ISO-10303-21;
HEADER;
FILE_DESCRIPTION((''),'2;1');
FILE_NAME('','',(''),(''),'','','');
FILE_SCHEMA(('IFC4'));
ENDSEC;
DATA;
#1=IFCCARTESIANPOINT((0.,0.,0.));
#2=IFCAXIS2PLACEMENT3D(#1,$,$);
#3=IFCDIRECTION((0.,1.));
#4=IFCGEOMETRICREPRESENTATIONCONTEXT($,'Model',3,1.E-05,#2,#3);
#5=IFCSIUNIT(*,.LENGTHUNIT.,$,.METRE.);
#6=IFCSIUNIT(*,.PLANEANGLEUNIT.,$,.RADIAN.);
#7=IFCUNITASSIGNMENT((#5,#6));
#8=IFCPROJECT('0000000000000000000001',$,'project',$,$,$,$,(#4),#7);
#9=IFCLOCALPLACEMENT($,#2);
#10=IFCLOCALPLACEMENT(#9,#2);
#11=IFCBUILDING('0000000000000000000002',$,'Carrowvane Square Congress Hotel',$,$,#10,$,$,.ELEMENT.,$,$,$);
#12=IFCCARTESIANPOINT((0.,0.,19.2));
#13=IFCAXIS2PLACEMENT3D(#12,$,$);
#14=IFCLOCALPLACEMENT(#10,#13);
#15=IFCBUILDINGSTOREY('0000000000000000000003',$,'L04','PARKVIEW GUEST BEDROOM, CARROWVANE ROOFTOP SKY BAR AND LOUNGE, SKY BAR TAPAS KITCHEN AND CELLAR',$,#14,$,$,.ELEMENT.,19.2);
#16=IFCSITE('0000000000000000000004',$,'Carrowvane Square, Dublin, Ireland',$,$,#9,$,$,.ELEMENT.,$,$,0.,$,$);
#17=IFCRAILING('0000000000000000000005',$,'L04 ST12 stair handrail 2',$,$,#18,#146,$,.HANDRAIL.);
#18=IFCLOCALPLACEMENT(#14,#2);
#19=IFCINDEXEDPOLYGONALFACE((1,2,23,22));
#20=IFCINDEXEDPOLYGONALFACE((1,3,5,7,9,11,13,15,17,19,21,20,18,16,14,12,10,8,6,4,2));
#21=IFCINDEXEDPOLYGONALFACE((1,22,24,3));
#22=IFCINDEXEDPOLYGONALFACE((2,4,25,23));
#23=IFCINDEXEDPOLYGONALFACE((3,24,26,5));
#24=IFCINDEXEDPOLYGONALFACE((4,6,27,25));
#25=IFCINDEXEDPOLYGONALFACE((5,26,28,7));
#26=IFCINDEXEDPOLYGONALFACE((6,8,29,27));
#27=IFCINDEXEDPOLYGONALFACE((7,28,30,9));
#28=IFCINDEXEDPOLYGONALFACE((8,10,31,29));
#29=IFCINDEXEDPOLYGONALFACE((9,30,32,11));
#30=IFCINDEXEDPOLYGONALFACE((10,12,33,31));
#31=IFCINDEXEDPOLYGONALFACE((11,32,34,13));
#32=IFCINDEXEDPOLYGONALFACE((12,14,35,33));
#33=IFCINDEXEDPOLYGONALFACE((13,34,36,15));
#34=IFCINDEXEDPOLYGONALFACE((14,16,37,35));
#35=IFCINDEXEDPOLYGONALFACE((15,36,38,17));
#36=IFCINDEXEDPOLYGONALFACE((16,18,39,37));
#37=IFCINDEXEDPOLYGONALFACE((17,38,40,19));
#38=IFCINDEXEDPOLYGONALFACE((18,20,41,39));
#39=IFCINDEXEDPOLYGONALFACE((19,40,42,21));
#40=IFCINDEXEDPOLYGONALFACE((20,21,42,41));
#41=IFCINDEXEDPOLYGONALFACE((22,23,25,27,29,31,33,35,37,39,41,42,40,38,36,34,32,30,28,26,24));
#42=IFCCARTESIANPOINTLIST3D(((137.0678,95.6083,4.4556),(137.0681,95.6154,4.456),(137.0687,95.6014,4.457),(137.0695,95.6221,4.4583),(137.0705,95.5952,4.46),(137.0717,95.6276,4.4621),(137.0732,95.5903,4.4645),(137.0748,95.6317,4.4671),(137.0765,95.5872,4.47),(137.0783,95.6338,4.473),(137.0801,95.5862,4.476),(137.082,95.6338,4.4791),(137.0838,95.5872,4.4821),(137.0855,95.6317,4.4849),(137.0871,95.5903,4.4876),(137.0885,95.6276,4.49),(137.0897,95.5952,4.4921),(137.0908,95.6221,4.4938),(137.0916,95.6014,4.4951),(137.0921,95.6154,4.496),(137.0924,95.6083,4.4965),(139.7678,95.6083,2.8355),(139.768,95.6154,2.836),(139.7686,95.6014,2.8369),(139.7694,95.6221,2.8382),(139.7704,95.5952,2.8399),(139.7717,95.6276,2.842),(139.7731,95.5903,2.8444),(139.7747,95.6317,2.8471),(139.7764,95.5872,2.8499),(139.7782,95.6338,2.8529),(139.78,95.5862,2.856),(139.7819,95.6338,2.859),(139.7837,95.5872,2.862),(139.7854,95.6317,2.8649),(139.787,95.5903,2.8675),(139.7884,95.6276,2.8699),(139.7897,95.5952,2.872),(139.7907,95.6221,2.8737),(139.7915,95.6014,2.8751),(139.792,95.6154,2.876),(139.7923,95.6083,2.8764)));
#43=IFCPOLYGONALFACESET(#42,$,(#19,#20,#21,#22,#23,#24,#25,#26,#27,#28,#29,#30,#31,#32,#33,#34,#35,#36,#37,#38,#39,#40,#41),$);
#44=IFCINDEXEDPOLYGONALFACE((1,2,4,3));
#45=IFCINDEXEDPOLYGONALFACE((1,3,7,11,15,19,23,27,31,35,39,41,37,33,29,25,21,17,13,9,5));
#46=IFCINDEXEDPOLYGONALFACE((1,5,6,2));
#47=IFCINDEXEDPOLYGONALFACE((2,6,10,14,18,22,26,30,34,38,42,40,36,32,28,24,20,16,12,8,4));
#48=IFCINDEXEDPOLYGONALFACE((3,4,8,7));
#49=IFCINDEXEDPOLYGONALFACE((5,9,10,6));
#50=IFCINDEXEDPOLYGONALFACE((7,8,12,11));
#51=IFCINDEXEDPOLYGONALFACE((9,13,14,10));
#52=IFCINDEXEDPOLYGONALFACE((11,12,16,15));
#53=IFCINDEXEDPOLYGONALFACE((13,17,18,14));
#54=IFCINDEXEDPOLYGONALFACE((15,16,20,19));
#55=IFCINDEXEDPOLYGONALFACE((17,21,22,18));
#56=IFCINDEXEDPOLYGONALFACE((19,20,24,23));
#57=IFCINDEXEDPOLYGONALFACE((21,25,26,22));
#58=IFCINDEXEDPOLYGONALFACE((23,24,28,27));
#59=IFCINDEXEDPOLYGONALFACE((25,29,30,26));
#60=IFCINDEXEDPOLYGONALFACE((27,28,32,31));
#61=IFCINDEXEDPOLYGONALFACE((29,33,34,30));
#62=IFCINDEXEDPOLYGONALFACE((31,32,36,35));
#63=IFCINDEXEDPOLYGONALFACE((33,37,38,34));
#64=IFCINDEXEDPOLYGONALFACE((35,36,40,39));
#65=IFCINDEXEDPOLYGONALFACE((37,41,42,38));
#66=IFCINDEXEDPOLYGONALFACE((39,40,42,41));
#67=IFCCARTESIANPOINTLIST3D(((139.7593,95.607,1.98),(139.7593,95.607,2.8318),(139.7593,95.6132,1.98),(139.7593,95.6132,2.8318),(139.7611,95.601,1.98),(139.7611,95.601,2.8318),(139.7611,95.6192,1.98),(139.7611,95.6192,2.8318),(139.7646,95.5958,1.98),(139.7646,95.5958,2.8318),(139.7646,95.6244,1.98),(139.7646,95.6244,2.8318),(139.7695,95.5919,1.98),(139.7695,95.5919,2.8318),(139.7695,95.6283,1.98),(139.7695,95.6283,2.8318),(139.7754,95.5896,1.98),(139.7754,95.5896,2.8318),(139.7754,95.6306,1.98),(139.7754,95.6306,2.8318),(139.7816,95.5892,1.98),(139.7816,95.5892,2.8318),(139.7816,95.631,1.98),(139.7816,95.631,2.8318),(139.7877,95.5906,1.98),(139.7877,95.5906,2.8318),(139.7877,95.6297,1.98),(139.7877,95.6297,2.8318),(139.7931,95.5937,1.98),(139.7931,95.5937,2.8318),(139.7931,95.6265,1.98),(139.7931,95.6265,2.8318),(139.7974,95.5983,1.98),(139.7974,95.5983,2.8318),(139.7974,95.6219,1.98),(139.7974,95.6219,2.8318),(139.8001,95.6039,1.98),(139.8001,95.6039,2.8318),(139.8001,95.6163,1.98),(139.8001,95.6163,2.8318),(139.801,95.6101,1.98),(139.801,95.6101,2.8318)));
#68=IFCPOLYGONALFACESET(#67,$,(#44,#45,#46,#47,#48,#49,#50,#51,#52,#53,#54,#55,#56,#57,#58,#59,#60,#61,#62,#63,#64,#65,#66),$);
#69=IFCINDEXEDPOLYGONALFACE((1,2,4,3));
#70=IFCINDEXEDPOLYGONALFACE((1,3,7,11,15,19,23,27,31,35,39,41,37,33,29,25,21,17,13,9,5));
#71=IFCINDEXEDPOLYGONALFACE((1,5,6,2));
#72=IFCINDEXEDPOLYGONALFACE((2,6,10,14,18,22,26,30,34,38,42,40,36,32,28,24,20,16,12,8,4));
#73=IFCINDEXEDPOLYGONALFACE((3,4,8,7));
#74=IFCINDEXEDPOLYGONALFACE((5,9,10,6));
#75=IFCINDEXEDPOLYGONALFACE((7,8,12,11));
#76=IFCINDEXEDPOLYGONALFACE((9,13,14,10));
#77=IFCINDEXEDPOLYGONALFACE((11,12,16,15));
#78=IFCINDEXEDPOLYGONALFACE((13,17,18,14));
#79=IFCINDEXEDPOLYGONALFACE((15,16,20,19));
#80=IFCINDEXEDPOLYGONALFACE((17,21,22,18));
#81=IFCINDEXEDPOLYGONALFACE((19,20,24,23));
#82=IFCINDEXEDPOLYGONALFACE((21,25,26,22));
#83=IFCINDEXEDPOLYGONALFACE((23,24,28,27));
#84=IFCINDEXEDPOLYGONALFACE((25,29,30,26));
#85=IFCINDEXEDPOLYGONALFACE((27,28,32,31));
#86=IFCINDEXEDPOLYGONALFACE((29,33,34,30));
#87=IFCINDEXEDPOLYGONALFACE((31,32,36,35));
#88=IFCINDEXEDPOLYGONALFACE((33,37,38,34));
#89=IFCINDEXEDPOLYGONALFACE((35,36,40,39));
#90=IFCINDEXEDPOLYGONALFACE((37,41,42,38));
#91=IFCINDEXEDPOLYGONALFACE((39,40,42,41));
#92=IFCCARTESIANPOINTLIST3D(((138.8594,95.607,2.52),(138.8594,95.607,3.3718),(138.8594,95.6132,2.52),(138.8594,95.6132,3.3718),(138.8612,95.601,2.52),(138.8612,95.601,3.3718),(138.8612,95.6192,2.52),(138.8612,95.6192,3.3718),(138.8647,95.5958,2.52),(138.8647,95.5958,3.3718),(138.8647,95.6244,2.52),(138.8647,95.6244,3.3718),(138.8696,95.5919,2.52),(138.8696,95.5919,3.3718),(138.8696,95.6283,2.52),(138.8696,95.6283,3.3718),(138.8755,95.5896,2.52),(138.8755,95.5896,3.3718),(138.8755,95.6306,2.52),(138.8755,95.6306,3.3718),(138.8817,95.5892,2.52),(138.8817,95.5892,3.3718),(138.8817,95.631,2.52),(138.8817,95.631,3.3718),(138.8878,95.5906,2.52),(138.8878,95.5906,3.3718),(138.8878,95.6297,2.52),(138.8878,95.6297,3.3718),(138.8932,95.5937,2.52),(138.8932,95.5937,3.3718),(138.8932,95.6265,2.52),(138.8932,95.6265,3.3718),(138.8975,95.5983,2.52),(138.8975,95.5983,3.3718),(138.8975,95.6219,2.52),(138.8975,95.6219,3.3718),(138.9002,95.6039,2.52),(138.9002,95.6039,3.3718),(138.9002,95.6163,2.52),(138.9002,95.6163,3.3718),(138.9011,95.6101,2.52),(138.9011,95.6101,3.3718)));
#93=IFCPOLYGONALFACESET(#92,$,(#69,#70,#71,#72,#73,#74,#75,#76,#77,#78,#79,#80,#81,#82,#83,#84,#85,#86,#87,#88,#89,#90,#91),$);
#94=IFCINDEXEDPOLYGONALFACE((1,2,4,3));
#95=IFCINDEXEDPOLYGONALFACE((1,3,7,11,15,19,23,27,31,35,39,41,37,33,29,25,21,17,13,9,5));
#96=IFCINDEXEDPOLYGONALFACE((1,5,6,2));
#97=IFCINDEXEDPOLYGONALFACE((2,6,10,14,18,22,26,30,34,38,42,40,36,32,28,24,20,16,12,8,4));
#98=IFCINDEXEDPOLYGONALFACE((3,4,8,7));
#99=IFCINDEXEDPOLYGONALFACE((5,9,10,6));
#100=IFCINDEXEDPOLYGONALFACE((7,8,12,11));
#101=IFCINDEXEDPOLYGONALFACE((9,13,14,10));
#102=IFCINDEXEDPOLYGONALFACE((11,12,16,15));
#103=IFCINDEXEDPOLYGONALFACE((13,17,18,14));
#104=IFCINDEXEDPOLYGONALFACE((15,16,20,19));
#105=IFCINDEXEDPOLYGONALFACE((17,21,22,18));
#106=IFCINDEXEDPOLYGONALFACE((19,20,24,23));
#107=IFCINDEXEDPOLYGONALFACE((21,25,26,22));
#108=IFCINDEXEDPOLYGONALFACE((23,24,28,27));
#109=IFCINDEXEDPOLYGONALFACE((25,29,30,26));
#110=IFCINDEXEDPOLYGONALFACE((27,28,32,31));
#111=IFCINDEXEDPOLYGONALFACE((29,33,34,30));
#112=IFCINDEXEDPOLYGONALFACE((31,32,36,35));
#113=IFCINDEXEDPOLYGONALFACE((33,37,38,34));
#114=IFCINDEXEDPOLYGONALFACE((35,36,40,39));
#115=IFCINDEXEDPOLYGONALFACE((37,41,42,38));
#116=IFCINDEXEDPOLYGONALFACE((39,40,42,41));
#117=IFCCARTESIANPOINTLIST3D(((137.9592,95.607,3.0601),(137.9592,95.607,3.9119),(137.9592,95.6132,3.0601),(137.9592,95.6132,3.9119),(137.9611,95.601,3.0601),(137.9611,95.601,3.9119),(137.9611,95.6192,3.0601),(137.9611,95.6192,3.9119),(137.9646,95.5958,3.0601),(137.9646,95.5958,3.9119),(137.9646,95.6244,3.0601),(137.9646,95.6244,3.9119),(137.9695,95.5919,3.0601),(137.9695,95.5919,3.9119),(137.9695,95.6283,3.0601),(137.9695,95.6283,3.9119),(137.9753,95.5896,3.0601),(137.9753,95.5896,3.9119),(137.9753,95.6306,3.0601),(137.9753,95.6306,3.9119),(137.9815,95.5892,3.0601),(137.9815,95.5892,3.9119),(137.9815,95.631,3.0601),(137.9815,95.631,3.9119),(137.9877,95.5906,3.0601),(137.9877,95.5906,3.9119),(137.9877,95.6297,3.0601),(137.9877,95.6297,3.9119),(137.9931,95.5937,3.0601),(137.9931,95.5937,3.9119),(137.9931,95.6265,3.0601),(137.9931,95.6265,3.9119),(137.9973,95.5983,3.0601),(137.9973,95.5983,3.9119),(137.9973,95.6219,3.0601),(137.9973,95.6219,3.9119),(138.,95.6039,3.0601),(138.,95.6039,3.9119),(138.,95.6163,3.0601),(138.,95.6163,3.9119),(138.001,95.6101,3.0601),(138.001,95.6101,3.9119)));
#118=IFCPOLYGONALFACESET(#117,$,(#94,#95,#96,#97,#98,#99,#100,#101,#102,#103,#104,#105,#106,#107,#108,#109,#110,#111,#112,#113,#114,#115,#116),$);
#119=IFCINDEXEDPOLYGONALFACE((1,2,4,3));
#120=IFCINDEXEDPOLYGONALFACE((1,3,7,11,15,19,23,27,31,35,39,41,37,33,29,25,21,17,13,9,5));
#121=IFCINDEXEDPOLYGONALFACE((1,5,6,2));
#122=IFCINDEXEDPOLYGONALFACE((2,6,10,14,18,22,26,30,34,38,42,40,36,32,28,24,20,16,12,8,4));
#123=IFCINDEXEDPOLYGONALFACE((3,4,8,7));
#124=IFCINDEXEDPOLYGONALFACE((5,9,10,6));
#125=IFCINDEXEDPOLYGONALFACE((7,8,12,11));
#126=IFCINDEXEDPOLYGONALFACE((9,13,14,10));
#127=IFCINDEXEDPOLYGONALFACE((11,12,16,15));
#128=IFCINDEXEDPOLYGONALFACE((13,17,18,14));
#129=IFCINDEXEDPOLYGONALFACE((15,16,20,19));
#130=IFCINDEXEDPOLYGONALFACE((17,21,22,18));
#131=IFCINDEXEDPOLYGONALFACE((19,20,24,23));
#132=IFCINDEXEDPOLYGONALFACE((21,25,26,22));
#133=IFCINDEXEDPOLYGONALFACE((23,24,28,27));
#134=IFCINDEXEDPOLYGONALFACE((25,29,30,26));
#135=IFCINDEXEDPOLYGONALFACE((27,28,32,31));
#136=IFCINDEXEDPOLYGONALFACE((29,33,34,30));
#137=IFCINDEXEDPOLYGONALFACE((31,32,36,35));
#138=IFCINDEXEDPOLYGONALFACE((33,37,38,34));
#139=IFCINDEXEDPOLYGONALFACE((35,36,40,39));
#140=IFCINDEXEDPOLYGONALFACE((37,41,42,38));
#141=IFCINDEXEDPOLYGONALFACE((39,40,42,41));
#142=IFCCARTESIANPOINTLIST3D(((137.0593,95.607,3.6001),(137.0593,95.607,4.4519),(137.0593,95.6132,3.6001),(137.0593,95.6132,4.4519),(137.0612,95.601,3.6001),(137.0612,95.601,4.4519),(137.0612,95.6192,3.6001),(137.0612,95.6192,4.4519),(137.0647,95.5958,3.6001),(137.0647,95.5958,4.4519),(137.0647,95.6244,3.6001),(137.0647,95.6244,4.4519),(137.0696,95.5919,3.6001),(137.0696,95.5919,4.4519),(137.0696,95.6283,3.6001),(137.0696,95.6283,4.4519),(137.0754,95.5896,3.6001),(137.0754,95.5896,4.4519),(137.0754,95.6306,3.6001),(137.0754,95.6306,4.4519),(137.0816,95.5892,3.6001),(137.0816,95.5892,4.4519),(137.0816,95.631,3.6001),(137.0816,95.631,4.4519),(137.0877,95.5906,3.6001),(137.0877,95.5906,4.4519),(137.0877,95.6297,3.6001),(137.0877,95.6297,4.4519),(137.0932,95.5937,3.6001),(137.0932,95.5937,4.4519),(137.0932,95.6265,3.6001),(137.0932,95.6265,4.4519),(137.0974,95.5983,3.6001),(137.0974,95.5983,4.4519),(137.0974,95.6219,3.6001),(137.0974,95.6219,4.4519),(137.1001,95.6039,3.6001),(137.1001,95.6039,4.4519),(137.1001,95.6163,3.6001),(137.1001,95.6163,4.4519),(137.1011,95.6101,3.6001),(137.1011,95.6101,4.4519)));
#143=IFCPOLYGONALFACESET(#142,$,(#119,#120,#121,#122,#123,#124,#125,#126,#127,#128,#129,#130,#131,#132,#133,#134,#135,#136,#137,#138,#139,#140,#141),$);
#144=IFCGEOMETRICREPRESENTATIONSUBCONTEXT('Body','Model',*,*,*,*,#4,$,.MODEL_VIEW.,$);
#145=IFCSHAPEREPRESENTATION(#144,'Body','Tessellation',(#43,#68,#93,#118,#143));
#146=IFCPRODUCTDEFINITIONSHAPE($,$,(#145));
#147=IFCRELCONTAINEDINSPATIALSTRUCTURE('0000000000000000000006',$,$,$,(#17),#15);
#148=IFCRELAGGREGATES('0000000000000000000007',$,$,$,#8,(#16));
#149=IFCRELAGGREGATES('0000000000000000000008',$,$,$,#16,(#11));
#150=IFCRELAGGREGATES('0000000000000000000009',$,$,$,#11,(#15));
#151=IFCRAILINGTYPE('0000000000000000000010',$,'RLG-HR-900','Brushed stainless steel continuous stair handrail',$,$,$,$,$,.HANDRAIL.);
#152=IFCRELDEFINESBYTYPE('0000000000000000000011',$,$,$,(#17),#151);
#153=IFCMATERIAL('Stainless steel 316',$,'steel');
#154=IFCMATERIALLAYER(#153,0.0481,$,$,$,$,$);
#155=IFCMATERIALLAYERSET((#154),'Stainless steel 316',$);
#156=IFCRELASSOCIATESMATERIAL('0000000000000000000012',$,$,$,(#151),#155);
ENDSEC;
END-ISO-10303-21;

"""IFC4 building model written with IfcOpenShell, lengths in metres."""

from ifc_helpers import new_model, si_unit, direction, frame, origin, origin_2d, place, context, subcontext, project, spatial, circle, extrude, material, layer, layer_set, type_object, element, save


model = new_model("IFC4")

# Units and contexts
model_context = context("Model", 3, precision=1e-05, world=origin(), true_north=direction((0.0, 1.0)))
body_context = subcontext(model_context, "Body", "Model", "MODEL_VIEW")
ifc_project = project(units=[si_unit("LENGTHUNIT", "METRE"), si_unit("PLANEANGLEUNIT", "RADIAN")], contexts=[model_context])

# Site, building, storey
site_placement = place(None, origin())
site = spatial("IfcSite", under=ifc_project, at=site_placement, Name="Carrowvane Square, Dublin, Ireland", CompositionType="ELEMENT", RefElevation=0.0)
building_placement = place(site_placement, origin())
building = spatial("IfcBuilding", under=site, at=building_placement, Name="Carrowvane Square Congress Hotel", CompositionType="ELEMENT")
storey_placement = place(building_placement, frame((0.0, 0.0, 19.2)))
storey = spatial("IfcBuildingStorey", under=building, at=storey_placement, Name="L04", Description="PARKVIEW GUEST BEDROOM, CARROWVANE ROOFTOP SKY BAR AND LOUNGE, SKY BAR TAPAS KITCHEN AND CELLAR", CompositionType="ELEMENT", Elevation=19.2)

# Railing
ifc_material_1 = material(Name="Stainless steel 316", Category="steel")
ifc_layer_1 = layer(ifc_material_1, 0.0481)
ifc_layer_set_1 = layer_set([ifc_layer_1], Name="Stainless steel 316")
railing_type_1 = type_object("IfcRailingType", Name="RLG-HR-900", Description="Brushed stainless steel continuous stair handrail", PredefinedType="HANDRAIL", material=ifc_layer_set_1)
railing_1_placement = place(storey_placement, frame((139.78, 95.6101, 1.98)))
element("IfcRailing", 1, at=railing_1_placement, inside=storey, type_object=railing_type_1, Name="L04 ST12 stair handrail 2", PredefinedType="HANDRAIL", context=body_context, shape_type="SweptSolid", body=[
    extrude(circle(Radius=0.0239, at=origin_2d()), frame((0.0, 0.0, 0.876), z_axis=(-0.857472, 0.0, 0.51453), x_axis=(0.0, -1.0, 0.0)), (0.0, 0.0, 1.0), 3.1487),
    extrude(circle(Radius=0.021, at=origin_2d()), origin(), (0.0, 0.0, 1.0), 0.8518),
    extrude(circle(Radius=0.021, at=origin_2d()), frame((-0.8999, 0.0, 0.54)), (0.0, 0.0, 1.0), 0.8518),
    extrude(circle(Radius=0.021, at=origin_2d()), frame((-1.8, 0.0, 1.0801)), (0.0, 0.0, 1.0), 0.8518),
    extrude(circle(Radius=0.021, at=origin_2d()), frame((-2.7, 0.0, 1.6201)), (0.0, 0.0, 1.0), 0.8518),
])

save(model, "model.ifc")
